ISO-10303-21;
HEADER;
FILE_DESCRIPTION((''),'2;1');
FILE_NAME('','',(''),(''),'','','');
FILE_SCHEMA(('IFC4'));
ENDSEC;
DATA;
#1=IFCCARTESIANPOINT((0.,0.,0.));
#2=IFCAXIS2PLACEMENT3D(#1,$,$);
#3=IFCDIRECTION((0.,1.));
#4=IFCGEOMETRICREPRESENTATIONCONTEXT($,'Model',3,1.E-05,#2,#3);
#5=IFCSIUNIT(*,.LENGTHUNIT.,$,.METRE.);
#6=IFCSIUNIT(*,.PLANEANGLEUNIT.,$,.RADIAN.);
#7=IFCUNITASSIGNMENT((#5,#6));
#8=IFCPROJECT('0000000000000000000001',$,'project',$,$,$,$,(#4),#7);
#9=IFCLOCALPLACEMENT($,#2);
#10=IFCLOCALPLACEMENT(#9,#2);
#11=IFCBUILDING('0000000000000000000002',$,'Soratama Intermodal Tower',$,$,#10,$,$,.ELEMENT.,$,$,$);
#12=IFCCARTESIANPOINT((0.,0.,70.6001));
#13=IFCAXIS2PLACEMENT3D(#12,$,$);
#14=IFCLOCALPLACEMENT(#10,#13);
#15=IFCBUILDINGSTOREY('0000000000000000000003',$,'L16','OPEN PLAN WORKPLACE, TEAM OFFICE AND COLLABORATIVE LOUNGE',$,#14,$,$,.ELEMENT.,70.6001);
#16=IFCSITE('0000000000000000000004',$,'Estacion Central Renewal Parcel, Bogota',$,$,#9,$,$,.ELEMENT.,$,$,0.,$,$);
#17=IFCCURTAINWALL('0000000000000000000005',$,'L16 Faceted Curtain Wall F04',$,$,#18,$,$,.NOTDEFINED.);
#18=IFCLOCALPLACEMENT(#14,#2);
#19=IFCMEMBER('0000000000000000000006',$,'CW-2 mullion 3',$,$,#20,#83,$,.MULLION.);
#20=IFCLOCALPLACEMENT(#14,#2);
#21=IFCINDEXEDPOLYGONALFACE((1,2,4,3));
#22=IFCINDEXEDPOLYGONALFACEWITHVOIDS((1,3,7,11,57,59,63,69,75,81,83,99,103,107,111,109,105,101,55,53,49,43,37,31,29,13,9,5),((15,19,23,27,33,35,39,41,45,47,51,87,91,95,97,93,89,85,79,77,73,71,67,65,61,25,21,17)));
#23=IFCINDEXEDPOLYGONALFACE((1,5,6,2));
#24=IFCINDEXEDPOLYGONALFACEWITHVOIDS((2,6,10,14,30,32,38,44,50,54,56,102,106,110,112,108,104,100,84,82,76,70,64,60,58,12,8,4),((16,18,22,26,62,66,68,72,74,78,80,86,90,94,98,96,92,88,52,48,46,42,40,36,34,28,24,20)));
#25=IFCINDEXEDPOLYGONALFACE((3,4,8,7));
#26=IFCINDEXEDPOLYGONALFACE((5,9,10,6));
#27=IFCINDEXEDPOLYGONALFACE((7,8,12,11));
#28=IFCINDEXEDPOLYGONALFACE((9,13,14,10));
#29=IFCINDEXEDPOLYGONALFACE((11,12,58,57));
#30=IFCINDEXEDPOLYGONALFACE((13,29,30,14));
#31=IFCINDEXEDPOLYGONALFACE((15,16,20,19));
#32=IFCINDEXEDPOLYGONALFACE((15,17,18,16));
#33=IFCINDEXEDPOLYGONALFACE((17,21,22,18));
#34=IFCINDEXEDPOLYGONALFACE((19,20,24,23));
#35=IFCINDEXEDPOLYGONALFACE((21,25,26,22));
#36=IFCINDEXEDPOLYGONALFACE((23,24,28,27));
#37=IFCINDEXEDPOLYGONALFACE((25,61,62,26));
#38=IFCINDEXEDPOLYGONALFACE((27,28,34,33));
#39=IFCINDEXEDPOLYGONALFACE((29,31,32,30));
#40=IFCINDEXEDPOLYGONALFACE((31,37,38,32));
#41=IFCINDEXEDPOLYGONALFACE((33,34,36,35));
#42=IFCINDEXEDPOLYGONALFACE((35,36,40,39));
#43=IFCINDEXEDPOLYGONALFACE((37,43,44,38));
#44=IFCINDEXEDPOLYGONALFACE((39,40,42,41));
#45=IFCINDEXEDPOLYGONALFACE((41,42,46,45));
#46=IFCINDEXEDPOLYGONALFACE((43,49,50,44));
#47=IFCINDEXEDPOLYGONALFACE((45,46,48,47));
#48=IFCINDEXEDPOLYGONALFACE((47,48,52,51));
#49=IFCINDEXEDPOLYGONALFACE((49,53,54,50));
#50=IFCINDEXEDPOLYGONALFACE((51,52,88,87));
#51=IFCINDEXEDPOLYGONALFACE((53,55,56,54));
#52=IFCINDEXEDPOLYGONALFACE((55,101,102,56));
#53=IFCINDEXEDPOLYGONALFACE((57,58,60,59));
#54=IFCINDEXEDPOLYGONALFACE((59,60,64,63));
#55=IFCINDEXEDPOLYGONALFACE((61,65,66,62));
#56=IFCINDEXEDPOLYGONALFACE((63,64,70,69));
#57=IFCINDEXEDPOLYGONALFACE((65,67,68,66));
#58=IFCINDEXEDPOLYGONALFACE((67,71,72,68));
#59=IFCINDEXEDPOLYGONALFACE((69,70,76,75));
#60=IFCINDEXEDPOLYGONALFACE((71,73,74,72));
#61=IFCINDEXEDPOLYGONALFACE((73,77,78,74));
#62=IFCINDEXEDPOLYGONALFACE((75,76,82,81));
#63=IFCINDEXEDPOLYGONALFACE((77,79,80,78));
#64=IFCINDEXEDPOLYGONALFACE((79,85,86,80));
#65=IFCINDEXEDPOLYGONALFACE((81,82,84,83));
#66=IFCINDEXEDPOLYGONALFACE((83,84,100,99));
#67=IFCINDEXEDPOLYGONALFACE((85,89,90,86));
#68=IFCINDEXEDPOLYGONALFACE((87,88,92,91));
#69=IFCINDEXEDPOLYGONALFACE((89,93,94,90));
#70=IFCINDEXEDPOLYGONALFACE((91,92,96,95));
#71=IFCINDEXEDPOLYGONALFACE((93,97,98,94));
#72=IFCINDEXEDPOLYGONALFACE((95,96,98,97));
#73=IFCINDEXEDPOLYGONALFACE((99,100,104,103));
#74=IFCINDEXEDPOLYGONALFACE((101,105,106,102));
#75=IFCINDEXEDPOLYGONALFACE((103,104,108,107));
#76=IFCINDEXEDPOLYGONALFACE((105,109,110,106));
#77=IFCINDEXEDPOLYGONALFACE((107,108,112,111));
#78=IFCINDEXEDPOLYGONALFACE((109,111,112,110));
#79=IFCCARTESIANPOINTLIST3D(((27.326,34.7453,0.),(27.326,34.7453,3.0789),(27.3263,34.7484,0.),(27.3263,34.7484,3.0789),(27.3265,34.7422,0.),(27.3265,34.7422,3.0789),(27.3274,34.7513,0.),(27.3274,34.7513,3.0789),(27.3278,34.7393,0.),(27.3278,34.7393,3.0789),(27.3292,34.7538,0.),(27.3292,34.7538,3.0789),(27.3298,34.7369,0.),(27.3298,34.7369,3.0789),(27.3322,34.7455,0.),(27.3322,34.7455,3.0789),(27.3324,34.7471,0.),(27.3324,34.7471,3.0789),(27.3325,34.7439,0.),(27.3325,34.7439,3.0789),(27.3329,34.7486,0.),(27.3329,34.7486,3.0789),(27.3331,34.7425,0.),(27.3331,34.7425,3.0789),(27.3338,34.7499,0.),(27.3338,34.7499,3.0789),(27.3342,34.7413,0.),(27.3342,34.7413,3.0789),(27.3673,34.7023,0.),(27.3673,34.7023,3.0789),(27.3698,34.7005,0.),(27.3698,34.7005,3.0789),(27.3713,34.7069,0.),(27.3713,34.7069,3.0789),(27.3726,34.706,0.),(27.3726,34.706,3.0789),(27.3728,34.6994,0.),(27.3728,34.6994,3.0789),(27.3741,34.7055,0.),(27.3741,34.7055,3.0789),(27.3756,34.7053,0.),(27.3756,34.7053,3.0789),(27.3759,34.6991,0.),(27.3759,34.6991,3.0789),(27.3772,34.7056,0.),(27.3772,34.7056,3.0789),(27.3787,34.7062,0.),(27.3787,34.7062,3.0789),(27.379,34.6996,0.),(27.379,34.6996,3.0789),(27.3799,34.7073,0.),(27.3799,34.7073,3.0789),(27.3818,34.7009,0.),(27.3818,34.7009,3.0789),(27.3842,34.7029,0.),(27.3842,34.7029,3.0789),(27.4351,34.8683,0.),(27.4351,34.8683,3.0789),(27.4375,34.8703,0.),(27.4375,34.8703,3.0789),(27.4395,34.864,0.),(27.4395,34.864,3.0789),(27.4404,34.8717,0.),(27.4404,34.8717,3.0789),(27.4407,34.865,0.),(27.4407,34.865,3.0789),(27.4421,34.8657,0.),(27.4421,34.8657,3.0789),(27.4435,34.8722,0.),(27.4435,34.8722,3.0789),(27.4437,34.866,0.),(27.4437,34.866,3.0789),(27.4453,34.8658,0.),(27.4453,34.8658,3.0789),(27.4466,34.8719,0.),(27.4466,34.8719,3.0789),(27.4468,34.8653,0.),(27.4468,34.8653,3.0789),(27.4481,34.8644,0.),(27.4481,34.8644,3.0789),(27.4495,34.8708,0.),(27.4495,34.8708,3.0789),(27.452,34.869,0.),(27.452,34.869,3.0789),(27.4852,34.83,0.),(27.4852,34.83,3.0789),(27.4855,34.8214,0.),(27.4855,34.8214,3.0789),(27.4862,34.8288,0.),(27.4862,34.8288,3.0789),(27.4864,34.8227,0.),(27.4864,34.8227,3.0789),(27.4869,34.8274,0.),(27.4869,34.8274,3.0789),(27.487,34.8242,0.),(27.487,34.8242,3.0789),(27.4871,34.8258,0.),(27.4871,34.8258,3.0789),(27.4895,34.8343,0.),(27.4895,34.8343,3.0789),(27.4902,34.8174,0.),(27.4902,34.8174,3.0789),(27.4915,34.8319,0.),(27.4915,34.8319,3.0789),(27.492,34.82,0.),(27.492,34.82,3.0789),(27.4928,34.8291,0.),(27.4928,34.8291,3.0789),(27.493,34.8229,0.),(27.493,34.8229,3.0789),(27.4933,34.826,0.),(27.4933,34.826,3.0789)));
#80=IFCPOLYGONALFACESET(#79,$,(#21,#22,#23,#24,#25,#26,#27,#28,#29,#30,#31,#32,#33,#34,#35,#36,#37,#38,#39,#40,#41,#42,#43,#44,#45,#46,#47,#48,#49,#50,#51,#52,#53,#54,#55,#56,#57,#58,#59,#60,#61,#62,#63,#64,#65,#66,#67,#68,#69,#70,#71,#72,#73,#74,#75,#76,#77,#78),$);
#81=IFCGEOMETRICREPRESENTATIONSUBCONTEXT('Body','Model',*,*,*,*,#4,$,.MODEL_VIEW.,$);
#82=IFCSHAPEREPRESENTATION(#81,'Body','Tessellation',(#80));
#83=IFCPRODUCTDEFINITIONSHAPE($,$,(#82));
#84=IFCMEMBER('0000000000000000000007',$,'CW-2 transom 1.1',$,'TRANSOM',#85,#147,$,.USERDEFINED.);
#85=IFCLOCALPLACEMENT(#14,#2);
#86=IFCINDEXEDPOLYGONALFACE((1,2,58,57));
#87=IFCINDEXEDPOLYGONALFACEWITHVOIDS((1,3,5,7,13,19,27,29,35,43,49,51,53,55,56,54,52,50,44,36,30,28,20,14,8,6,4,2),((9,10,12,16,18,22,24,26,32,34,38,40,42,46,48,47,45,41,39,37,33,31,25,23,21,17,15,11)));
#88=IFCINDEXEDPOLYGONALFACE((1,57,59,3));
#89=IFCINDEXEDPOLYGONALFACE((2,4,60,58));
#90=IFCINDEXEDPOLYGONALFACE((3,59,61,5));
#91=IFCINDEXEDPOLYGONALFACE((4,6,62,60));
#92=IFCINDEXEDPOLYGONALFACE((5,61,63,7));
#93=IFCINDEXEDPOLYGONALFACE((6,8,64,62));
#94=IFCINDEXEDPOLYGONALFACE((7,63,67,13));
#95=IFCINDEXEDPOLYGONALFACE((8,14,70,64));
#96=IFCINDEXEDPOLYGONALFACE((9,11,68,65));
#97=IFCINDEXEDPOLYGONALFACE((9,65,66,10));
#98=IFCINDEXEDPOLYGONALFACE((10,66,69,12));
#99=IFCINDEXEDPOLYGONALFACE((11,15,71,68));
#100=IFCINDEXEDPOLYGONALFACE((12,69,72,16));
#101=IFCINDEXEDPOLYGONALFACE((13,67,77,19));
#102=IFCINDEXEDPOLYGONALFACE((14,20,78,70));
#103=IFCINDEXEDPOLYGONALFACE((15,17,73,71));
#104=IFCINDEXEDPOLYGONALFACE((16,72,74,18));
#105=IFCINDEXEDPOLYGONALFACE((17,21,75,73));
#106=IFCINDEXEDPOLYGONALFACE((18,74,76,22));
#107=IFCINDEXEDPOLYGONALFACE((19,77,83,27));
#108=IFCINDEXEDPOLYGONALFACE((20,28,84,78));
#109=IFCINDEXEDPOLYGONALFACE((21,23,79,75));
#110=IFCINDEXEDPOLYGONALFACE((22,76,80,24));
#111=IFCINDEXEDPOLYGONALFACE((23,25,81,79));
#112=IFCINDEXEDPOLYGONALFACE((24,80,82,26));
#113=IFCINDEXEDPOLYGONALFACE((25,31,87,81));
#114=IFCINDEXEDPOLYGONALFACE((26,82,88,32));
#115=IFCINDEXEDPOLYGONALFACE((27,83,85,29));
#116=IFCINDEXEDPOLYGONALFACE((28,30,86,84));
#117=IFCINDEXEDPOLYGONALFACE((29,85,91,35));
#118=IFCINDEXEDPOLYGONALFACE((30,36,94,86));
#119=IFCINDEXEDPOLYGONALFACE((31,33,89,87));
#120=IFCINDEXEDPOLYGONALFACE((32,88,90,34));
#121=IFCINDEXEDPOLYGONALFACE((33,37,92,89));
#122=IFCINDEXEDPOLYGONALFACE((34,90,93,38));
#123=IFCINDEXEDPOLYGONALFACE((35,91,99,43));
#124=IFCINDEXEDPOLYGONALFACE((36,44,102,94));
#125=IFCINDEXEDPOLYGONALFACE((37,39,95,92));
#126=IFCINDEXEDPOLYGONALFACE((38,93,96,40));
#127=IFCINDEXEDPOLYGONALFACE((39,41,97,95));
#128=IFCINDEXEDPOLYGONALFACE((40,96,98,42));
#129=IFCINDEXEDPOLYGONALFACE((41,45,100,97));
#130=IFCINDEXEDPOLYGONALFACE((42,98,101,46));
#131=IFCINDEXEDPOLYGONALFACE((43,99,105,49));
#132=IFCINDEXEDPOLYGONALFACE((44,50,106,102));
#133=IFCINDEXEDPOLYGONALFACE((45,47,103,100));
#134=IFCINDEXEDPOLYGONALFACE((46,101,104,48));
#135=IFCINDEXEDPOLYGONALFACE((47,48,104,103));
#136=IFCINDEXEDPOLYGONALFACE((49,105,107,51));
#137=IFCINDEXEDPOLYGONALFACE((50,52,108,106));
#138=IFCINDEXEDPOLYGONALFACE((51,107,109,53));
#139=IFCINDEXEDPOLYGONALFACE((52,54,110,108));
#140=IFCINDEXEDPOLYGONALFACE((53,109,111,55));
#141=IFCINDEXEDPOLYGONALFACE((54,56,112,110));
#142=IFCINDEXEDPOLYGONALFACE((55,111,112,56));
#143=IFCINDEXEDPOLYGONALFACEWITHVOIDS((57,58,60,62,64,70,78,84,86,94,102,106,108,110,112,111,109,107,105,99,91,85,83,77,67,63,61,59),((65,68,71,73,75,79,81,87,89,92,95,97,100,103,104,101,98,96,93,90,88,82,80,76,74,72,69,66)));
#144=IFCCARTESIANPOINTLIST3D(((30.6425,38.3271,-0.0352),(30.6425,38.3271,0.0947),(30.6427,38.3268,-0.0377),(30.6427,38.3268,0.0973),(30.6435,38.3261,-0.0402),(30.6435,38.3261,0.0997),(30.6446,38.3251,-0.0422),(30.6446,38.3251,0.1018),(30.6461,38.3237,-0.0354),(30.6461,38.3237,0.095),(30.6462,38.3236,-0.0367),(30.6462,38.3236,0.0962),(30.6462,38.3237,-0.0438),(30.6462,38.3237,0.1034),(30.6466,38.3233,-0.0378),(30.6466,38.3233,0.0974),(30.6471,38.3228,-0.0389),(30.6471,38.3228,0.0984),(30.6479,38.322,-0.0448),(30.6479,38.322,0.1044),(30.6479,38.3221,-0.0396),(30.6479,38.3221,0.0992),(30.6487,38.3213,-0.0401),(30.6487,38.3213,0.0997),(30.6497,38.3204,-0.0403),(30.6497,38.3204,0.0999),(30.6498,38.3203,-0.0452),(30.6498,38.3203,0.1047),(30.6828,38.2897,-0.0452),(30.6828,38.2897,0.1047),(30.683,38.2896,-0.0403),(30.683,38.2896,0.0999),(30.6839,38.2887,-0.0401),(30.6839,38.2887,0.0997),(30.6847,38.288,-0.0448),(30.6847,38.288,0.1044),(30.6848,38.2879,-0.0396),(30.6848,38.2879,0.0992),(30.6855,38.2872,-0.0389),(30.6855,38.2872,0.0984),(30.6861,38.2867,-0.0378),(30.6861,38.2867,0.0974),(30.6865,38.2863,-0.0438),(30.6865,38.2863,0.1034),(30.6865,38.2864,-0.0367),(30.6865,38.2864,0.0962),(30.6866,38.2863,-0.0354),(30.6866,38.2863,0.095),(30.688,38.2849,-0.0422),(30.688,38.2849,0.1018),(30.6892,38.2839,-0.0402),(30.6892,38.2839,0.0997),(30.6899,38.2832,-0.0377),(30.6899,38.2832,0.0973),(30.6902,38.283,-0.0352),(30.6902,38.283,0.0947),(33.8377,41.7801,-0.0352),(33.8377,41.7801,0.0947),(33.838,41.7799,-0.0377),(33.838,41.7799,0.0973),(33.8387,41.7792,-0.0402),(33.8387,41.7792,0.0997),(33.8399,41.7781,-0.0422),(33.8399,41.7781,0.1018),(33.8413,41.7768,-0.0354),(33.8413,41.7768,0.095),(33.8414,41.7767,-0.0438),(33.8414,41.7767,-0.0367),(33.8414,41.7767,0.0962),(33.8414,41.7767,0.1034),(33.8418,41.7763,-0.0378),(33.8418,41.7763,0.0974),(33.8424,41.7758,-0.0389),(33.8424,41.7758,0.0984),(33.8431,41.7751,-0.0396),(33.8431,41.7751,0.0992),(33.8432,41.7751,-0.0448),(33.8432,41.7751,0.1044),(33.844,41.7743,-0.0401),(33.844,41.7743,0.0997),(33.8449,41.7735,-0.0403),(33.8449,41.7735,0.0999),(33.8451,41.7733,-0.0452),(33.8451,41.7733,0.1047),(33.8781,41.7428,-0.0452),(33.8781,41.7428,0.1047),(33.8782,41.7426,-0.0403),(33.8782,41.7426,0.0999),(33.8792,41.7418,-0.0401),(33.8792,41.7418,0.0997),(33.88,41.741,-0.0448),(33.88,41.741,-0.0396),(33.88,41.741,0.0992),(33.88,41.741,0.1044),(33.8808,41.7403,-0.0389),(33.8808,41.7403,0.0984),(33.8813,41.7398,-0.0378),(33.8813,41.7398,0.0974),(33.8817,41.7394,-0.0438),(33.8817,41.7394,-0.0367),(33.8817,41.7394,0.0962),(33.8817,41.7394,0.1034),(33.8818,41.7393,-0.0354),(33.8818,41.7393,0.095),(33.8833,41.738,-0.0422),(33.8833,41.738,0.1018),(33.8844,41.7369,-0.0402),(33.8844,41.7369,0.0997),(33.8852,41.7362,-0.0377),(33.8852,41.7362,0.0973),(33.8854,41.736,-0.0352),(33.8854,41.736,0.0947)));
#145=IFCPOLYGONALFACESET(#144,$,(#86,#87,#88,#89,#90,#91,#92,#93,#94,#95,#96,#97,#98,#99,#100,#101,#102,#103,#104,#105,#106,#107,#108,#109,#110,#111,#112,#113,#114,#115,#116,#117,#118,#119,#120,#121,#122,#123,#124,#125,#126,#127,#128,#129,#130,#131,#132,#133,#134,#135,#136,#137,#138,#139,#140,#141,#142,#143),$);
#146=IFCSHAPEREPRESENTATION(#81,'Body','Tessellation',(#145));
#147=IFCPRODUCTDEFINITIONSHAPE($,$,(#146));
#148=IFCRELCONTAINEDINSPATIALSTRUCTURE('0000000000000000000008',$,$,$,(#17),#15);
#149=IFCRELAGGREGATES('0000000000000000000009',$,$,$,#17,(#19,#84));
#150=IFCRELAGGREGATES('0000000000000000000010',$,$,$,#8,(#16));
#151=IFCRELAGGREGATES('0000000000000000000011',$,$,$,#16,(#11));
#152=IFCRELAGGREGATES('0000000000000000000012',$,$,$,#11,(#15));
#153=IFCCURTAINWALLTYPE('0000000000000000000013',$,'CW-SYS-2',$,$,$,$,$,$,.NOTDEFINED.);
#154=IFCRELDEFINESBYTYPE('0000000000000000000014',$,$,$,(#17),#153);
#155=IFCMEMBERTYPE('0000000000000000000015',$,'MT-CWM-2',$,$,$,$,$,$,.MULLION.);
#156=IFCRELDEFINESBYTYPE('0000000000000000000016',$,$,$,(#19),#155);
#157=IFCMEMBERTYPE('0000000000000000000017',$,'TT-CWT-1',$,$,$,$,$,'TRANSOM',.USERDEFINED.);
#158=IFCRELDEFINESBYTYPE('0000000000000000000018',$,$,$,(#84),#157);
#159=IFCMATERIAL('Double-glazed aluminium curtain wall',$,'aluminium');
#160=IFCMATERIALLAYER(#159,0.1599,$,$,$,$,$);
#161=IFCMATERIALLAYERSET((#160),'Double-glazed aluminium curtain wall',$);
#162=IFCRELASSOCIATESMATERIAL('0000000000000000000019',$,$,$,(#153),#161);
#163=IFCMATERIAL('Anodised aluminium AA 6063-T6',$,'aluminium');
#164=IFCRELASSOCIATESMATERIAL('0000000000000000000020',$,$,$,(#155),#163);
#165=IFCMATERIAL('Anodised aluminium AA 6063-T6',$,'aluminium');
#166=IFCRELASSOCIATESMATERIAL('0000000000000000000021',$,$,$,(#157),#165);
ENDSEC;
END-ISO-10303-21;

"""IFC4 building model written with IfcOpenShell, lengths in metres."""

from ifc_helpers import new_model, si_unit, direction, frame, origin, origin_2d, place, context, subcontext, project, spatial, hollow_rectangle, extrude, material, layer, layer_set, material_profile, profile_set, type_object, element, aggregate, save


model = new_model("IFC4")

# Units and contexts
model_context = context("Model", 3, precision=1e-05, world=origin(), true_north=direction((0.0, 1.0)))
body_context = subcontext(model_context, "Body", "Model", "MODEL_VIEW")
ifc_project = project(units=[si_unit("LENGTHUNIT", "METRE"), si_unit("PLANEANGLEUNIT", "RADIAN")], contexts=[model_context])

# Site, building, storey
site_placement = place(None, origin())
site = spatial("IfcSite", under=ifc_project, at=site_placement, Name="Estacion Central Renewal Parcel, Bogota", CompositionType="ELEMENT", RefElevation=0.0)
building_placement = place(site_placement, origin())
building = spatial("IfcBuilding", under=site, at=building_placement, Name="Soratama Intermodal Tower", CompositionType="ELEMENT")
storey_placement = place(building_placement, frame((0.0, 0.0, 70.6001)))
storey = spatial("IfcBuildingStorey", under=building, at=storey_placement, Name="L16", Description="OPEN PLAN WORKPLACE, TEAM OFFICE AND COLLABORATIVE LOUNGE", CompositionType="ELEMENT", Elevation=70.6001)

# Curtain wall, members
ifc_material_1 = material(Name="Double-glazed aluminium curtain wall", Category="aluminium")
ifc_layer_1 = layer(ifc_material_1, 0.1599)
ifc_layer_set_1 = layer_set([ifc_layer_1], Name="Double-glazed aluminium curtain wall")
curtain_wall_type = type_object("IfcCurtainWallType", Name="CW-SYS-2", PredefinedType="NOTDEFINED", material=ifc_layer_set_1)
curtain_wall_placement = place(storey_placement, origin())
curtain_wall = element("IfcCurtainWall", 1, at=curtain_wall_placement, inside=storey, type_object=curtain_wall_type, Name="L16 Faceted Curtain Wall F04", PredefinedType="NOTDEFINED")
ifc_material_2 = material(Name="Anodised aluminium AA 6063-T6", Category="aluminium")
ifc_material_profile_1 = material_profile(ifc_material_2, hollow_rectangle(XDim=0.075, YDim=0.1799, WallThickness=0.0061, InnerFilletRadius=0.0061, OuterFilletRadius=0.012, at=origin_2d()), Name="CWM180X75X6")
ifc_profile_set_1 = profile_set([ifc_material_profile_1], Name="Anodised aluminium AA 6063-T6")
member_type_1 = type_object("IfcMemberType", Name="MT-CWM-2", PredefinedType="MULLION", material=ifc_profile_set_1)
member_1_placement = place(storey_placement, frame((27.4097, 34.7856, 0.0), z_axis=(0.0, 0.0, 1.0), x_axis=(0.733965, -0.679187, 0.0)))
member_1 = element("IfcMember", 2, at=member_1_placement, type_object=member_type_1, Name="CW-2 mullion 3", PredefinedType="MULLION", context=body_context, shape_type="SweptSolid", body=[
    extrude(hollow_rectangle(XDim=0.075, YDim=0.1799, WallThickness=0.0061, InnerFilletRadius=0.0061, OuterFilletRadius=0.012, at=origin_2d()), origin(), (0.0, 0.0, 1.0), 3.0789),
])
ifc_material_3 = material(Name="Anodised aluminium AA 6063-T6", Category="aluminium")
ifc_material_profile_2 = material_profile(ifc_material_3, hollow_rectangle(XDim=0.0649, YDim=0.1499, WallThickness=0.0049, InnerFilletRadius=0.0049, OuterFilletRadius=0.01, at=origin_2d()), Name="CWT150X65X5")
ifc_profile_set_2 = profile_set([ifc_material_profile_2], Name="Anodised aluminium AA 6063-T6")
member_type_2 = type_object("IfcMemberType", Name="TT-CWT-1", ElementType="TRANSOM", PredefinedType="USERDEFINED", material=ifc_profile_set_2)
member_2_placement = place(storey_placement, frame((33.8616, 41.7581, 0.0298), z_axis=(-0.679176, -0.733975, 0.0), x_axis=(0.733975, -0.679176, 0.0)))
member_2 = element("IfcMember", 3, at=member_2_placement, type_object=member_type_2, Name="CW-2 transom 1.1", ObjectType="TRANSOM", PredefinedType="USERDEFINED", context=body_context, shape_type="SweptSolid", body=[
    extrude(hollow_rectangle(XDim=0.0649, YDim=0.1499, WallThickness=0.0049, InnerFilletRadius=0.0049, OuterFilletRadius=0.01, at=origin_2d()), origin(), (0.0, 0.0, 1.0), 4.7046),
])
aggregate(curtain_wall, [member_1, member_2])

save(model, "model.ifc")
